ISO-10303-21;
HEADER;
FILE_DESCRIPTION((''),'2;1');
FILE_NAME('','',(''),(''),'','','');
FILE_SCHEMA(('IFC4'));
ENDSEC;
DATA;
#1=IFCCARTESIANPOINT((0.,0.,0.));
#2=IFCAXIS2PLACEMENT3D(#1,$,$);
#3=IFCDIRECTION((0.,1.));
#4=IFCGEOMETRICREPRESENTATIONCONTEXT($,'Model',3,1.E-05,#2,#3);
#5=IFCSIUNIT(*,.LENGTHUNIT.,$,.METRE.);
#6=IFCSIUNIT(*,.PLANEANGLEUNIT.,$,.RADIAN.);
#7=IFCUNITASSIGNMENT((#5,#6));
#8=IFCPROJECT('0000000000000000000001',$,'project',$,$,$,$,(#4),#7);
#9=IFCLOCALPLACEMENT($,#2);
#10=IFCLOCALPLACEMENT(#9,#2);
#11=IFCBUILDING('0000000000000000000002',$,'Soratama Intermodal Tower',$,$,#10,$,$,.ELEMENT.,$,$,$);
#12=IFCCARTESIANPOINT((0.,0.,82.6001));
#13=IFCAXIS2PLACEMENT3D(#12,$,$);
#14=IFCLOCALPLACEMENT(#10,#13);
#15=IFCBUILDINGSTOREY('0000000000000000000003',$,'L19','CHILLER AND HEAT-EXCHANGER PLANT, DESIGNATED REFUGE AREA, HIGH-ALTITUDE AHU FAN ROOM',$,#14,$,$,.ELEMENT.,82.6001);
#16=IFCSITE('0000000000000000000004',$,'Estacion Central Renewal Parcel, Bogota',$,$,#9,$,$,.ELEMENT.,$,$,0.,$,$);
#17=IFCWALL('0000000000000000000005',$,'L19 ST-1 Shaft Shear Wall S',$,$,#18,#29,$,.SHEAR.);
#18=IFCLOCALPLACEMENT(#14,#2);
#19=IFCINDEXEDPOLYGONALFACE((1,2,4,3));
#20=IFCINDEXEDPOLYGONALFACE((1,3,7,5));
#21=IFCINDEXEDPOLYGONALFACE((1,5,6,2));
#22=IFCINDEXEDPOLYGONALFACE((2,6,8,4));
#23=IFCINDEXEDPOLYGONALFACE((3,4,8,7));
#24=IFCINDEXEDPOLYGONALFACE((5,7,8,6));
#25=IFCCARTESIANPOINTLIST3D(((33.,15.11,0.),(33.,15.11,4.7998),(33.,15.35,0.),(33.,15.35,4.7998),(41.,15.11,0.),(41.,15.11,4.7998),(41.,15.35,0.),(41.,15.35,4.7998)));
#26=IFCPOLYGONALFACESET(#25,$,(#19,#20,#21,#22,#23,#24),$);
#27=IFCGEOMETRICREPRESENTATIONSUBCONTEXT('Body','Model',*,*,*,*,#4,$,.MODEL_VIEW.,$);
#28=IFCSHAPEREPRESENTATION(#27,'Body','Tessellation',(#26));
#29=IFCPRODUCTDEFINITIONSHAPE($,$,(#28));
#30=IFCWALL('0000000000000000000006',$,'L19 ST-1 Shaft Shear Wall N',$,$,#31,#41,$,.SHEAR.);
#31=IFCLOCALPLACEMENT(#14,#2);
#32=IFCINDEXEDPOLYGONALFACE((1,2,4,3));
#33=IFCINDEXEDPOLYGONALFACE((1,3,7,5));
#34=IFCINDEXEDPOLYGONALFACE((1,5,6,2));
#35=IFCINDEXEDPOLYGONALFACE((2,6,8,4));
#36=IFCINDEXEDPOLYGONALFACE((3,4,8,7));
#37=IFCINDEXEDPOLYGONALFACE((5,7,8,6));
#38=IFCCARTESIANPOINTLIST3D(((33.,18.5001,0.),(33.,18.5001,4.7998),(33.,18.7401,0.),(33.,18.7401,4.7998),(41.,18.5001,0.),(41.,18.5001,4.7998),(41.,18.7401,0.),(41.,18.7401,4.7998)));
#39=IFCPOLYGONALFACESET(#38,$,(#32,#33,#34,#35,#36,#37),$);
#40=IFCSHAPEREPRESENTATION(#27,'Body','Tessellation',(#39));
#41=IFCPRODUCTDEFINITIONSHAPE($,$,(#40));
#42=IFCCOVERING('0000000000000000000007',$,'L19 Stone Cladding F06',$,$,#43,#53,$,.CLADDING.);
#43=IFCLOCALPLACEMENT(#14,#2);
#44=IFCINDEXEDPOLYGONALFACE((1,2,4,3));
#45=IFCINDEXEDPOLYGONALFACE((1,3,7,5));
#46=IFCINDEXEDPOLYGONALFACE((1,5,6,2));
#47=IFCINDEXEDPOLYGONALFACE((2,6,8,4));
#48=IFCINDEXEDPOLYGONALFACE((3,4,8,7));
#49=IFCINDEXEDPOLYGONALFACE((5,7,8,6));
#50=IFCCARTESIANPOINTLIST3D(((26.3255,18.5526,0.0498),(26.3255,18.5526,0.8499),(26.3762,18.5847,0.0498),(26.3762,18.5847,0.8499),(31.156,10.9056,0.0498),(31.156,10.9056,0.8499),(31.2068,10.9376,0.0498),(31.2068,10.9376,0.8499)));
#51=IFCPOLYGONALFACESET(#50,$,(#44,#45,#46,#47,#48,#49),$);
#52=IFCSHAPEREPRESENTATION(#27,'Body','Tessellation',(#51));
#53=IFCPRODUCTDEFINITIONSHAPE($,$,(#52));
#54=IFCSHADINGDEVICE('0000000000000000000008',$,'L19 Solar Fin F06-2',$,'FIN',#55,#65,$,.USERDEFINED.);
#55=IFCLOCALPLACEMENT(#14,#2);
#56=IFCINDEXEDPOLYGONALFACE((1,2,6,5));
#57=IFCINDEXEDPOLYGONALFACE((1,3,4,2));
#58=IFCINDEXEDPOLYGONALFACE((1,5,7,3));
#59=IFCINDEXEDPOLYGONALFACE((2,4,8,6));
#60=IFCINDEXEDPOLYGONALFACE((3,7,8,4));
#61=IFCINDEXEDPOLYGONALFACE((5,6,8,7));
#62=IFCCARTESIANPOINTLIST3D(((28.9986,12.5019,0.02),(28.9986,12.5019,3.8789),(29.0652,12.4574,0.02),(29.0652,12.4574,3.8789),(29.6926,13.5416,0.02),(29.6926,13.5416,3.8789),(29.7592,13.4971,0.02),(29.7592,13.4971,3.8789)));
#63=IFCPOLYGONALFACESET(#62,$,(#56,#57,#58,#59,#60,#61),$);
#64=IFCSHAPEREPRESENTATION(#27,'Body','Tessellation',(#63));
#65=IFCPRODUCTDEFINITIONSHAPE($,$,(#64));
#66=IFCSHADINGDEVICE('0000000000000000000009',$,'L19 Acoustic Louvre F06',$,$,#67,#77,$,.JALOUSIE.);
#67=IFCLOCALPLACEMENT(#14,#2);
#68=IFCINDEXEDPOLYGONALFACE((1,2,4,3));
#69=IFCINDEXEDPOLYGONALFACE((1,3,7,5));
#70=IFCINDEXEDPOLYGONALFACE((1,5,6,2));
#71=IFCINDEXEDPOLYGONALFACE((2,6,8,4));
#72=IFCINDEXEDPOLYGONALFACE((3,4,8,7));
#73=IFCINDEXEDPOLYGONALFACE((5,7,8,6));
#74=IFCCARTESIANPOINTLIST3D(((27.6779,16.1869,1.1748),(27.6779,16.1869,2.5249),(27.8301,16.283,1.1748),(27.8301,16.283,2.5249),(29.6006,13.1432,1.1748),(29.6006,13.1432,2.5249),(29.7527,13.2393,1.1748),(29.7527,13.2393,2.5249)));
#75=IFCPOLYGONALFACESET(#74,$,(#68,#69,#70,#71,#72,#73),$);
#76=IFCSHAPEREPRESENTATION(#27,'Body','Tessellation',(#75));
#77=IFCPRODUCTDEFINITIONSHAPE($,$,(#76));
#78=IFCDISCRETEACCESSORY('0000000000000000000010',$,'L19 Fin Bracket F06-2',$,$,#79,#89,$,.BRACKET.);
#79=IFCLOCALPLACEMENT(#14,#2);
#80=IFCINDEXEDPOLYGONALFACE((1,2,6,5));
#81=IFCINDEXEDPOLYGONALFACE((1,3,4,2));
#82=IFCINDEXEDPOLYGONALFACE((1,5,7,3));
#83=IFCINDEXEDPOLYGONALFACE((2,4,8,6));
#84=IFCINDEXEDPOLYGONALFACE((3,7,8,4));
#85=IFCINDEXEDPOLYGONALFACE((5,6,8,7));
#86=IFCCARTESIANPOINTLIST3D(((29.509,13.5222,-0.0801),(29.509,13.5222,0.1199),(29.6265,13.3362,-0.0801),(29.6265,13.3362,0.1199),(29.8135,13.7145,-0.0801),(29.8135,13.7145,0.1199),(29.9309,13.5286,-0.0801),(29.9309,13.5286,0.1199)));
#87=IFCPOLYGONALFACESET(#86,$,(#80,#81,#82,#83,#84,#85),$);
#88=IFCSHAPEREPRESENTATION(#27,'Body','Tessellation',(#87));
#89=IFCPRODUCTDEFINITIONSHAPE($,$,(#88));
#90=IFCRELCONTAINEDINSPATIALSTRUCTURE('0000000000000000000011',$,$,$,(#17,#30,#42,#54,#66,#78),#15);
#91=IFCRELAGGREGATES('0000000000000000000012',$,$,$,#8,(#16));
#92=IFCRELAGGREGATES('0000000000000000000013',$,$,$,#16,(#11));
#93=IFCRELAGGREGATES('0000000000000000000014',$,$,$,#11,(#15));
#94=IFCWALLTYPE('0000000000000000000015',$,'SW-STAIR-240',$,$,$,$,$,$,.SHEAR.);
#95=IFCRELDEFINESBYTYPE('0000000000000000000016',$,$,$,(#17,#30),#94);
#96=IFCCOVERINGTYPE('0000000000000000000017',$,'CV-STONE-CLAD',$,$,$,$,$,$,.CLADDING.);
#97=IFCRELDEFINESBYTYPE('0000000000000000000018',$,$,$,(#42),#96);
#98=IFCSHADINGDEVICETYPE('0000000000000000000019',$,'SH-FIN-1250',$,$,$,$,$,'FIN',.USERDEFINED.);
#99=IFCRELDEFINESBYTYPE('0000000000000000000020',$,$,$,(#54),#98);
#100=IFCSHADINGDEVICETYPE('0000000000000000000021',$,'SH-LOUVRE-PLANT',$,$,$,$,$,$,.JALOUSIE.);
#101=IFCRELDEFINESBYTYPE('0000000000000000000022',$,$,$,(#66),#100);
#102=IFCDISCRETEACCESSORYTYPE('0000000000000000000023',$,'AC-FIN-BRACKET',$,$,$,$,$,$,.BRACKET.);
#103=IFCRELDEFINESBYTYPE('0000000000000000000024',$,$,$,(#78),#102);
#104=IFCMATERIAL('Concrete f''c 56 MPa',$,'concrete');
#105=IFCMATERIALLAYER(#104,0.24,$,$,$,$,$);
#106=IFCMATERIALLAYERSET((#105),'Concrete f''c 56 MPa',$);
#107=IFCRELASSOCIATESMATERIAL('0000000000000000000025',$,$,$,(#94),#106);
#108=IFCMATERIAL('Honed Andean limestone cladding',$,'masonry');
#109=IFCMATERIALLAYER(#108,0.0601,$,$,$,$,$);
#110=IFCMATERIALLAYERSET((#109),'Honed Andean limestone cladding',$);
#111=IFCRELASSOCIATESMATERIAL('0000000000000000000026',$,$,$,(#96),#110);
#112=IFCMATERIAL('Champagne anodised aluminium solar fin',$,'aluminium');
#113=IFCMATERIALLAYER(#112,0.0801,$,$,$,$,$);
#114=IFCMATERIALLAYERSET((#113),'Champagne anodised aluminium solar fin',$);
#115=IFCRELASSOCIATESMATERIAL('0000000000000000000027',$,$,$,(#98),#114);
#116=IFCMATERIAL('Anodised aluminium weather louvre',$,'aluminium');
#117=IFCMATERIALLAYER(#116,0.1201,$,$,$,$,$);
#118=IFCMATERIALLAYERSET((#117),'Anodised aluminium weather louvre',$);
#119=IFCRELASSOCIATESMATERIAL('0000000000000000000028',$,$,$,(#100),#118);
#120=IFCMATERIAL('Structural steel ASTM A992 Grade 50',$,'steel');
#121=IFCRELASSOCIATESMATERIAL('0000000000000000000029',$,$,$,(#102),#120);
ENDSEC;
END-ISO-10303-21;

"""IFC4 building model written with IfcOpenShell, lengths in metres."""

from ifc_helpers import new_model, si_unit, direction, frame, frame_2d, origin, origin_2d, place, context, subcontext, project, spatial, rectangle, extrude, material, layer, layer_set, type_object, element, save


model = new_model("IFC4")

# Units and contexts
model_context = context("Model", 3, precision=1e-05, world=origin(), true_north=direction((0.0, 1.0)))
body_context = subcontext(model_context, "Body", "Model", "MODEL_VIEW")
ifc_project = project(units=[si_unit("LENGTHUNIT", "METRE"), si_unit("PLANEANGLEUNIT", "RADIAN")], contexts=[model_context])

# Site, building, storey
site_placement = place(None, origin())
site = spatial("IfcSite", under=ifc_project, at=site_placement, Name="Estacion Central Renewal Parcel, Bogota", CompositionType="ELEMENT", RefElevation=0.0)
building_placement = place(site_placement, origin())
building = spatial("IfcBuilding", under=site, at=building_placement, Name="Soratama Intermodal Tower", CompositionType="ELEMENT")
storey_placement = place(building_placement, frame((0.0, 0.0, 82.6001)))
storey = spatial("IfcBuildingStorey", under=building, at=storey_placement, Name="L19", Description="CHILLER AND HEAT-EXCHANGER PLANT, DESIGNATED REFUGE AREA, HIGH-ALTITUDE AHU FAN ROOM", CompositionType="ELEMENT", Elevation=82.6001)

# Walls
ifc_material_1 = material(Name="Concrete f'c 56 MPa", Category="concrete")
ifc_layer_1 = layer(ifc_material_1, 0.24)
ifc_layer_set_1 = layer_set([ifc_layer_1], Name="Concrete f'c 56 MPa")
wall_type_1 = type_object("IfcWallType", Name="SW-STAIR-240", PredefinedType="SHEAR", material=ifc_layer_set_1)
for number, where, z_axis, x_axis, name in (
    (1, (33.0, 15.23, 0.0), (0.0, 0.0, 1.0), (1.0, 0.0, 0.0), "L19 ST-1 Shaft Shear Wall S"),
    (2, (33.0, 18.6201, 0.0), (0.0, 0.0, 1.0), (1.0, 0.0, 0.0), "L19 ST-1 Shaft Shear Wall N"),
):
    element("IfcWall", number, at=place(storey_placement, frame(where, z_axis=z_axis, x_axis=x_axis)), inside=storey, type_object=wall_type_1, Name=name, PredefinedType="SHEAR", context=body_context, shape_type="SweptSolid", body=[
        extrude(rectangle(XDim=8.0, YDim=0.24, at=frame_2d((4.0, 0.0))), origin(), (0.0, 0.0, 1.0), 4.7998),
    ])

# Covering
ifc_material_2 = material(Name="Honed Andean limestone cladding", Category="masonry")
ifc_layer_2 = layer(ifc_material_2, 0.0601)
ifc_layer_set_2 = layer_set([ifc_layer_2], Name="Honed Andean limestone cladding")
covering_type = type_object("IfcCoveringType", Name="CV-STONE-CLAD", PredefinedType="CLADDING", material=ifc_layer_set_2)
covering_placement = place(storey_placement, frame((28.7661, 14.7451, 0.0498), z_axis=(0.0, 0.0, 1.0), x_axis=(0.534057, -0.845448, 0.0)))
element("IfcCovering", 3, at=covering_placement, inside=storey, type_object=covering_type, Name="L19 Stone Cladding F06", PredefinedType="CLADDING", context=body_context, shape_type="SweptSolid", body=[
    extrude(rectangle(XDim=9.0449, YDim=0.0601, at=origin_2d()), origin(), (0.0, 0.0, 1.0), 0.8),
])

# Shading devices
ifc_material_3 = material(Name="Champagne anodised aluminium solar fin", Category="aluminium")
ifc_layer_3 = layer(ifc_material_3, 0.0801)
ifc_layer_set_3 = layer_set([ifc_layer_3], Name="Champagne anodised aluminium solar fin")
shading_device_type_1 = type_object("IfcShadingDeviceType", Name="SH-FIN-1250", ElementType="FIN", PredefinedType="USERDEFINED", material=ifc_layer_set_3)
shading_device_1_placement = place(storey_placement, frame((29.3789, 12.9995, 0.02), z_axis=(0.0, 0.0, 1.0), x_axis=(-0.555135, -0.83176, 0.0)))
element("IfcShadingDevice", 4, at=shading_device_1_placement, inside=storey, type_object=shading_device_type_1, Name="L19 Solar Fin F06-2", ObjectType="FIN", PredefinedType="USERDEFINED", context=body_context, shape_type="SweptSolid", body=[
    extrude(rectangle(XDim=1.25, YDim=0.0801, at=origin_2d()), origin(), (0.0, 0.0, 1.0), 3.8589),
])
ifc_material_4 = material(Name="Anodised aluminium weather louvre", Category="aluminium")
ifc_layer_4 = layer(ifc_material_4, 0.1201)
ifc_layer_set_4 = layer_set([ifc_layer_4], Name="Anodised aluminium weather louvre")
shading_device_type_2 = type_object("IfcShadingDeviceType", Name="SH-LOUVRE-PLANT", PredefinedType="JALOUSIE", material=ifc_layer_set_4)
shading_device_2_placement = place(storey_placement, frame((28.7153, 14.7131, 1.1748), z_axis=(0.0, 0.0, 1.0), x_axis=(0.534057, -0.845448, 0.0)))
element("IfcShadingDevice", 5, at=shading_device_2_placement, inside=storey, type_object=shading_device_type_2, Name="L19 Acoustic Louvre F06", PredefinedType="JALOUSIE", context=body_context, shape_type="SweptSolid", body=[
    extrude(rectangle(XDim=3.6001, YDim=0.1799, at=origin_2d()), origin(), (0.0, 0.0, 1.0), 1.3501),
])

# Discrete accessory
ifc_material_5 = material(Name="Structural steel ASTM A992 Grade 50", Category="steel")
discrete_accessory_type = type_object("IfcDiscreteAccessoryType", Name="AC-FIN-BRACKET", PredefinedType="BRACKET", material=ifc_material_5)
discrete_accessory_placement = place(storey_placement, frame((29.72, 13.5254, -0.0801), z_axis=(0.0, 0.0, 1.0), x_axis=(-0.845448, -0.534057, 0.0)))
element("IfcDiscreteAccessory", 6, at=discrete_accessory_placement, inside=storey, type_object=discrete_accessory_type, Name="L19 Fin Bracket F06-2", PredefinedType="BRACKET", context=body_context, shape_type="SweptSolid", body=[
    extrude(rectangle(XDim=0.3601, YDim=0.22, at=origin_2d()), origin(), (0.0, 0.0, 1.0), 0.2),
])

save(model, "model.ifc")
